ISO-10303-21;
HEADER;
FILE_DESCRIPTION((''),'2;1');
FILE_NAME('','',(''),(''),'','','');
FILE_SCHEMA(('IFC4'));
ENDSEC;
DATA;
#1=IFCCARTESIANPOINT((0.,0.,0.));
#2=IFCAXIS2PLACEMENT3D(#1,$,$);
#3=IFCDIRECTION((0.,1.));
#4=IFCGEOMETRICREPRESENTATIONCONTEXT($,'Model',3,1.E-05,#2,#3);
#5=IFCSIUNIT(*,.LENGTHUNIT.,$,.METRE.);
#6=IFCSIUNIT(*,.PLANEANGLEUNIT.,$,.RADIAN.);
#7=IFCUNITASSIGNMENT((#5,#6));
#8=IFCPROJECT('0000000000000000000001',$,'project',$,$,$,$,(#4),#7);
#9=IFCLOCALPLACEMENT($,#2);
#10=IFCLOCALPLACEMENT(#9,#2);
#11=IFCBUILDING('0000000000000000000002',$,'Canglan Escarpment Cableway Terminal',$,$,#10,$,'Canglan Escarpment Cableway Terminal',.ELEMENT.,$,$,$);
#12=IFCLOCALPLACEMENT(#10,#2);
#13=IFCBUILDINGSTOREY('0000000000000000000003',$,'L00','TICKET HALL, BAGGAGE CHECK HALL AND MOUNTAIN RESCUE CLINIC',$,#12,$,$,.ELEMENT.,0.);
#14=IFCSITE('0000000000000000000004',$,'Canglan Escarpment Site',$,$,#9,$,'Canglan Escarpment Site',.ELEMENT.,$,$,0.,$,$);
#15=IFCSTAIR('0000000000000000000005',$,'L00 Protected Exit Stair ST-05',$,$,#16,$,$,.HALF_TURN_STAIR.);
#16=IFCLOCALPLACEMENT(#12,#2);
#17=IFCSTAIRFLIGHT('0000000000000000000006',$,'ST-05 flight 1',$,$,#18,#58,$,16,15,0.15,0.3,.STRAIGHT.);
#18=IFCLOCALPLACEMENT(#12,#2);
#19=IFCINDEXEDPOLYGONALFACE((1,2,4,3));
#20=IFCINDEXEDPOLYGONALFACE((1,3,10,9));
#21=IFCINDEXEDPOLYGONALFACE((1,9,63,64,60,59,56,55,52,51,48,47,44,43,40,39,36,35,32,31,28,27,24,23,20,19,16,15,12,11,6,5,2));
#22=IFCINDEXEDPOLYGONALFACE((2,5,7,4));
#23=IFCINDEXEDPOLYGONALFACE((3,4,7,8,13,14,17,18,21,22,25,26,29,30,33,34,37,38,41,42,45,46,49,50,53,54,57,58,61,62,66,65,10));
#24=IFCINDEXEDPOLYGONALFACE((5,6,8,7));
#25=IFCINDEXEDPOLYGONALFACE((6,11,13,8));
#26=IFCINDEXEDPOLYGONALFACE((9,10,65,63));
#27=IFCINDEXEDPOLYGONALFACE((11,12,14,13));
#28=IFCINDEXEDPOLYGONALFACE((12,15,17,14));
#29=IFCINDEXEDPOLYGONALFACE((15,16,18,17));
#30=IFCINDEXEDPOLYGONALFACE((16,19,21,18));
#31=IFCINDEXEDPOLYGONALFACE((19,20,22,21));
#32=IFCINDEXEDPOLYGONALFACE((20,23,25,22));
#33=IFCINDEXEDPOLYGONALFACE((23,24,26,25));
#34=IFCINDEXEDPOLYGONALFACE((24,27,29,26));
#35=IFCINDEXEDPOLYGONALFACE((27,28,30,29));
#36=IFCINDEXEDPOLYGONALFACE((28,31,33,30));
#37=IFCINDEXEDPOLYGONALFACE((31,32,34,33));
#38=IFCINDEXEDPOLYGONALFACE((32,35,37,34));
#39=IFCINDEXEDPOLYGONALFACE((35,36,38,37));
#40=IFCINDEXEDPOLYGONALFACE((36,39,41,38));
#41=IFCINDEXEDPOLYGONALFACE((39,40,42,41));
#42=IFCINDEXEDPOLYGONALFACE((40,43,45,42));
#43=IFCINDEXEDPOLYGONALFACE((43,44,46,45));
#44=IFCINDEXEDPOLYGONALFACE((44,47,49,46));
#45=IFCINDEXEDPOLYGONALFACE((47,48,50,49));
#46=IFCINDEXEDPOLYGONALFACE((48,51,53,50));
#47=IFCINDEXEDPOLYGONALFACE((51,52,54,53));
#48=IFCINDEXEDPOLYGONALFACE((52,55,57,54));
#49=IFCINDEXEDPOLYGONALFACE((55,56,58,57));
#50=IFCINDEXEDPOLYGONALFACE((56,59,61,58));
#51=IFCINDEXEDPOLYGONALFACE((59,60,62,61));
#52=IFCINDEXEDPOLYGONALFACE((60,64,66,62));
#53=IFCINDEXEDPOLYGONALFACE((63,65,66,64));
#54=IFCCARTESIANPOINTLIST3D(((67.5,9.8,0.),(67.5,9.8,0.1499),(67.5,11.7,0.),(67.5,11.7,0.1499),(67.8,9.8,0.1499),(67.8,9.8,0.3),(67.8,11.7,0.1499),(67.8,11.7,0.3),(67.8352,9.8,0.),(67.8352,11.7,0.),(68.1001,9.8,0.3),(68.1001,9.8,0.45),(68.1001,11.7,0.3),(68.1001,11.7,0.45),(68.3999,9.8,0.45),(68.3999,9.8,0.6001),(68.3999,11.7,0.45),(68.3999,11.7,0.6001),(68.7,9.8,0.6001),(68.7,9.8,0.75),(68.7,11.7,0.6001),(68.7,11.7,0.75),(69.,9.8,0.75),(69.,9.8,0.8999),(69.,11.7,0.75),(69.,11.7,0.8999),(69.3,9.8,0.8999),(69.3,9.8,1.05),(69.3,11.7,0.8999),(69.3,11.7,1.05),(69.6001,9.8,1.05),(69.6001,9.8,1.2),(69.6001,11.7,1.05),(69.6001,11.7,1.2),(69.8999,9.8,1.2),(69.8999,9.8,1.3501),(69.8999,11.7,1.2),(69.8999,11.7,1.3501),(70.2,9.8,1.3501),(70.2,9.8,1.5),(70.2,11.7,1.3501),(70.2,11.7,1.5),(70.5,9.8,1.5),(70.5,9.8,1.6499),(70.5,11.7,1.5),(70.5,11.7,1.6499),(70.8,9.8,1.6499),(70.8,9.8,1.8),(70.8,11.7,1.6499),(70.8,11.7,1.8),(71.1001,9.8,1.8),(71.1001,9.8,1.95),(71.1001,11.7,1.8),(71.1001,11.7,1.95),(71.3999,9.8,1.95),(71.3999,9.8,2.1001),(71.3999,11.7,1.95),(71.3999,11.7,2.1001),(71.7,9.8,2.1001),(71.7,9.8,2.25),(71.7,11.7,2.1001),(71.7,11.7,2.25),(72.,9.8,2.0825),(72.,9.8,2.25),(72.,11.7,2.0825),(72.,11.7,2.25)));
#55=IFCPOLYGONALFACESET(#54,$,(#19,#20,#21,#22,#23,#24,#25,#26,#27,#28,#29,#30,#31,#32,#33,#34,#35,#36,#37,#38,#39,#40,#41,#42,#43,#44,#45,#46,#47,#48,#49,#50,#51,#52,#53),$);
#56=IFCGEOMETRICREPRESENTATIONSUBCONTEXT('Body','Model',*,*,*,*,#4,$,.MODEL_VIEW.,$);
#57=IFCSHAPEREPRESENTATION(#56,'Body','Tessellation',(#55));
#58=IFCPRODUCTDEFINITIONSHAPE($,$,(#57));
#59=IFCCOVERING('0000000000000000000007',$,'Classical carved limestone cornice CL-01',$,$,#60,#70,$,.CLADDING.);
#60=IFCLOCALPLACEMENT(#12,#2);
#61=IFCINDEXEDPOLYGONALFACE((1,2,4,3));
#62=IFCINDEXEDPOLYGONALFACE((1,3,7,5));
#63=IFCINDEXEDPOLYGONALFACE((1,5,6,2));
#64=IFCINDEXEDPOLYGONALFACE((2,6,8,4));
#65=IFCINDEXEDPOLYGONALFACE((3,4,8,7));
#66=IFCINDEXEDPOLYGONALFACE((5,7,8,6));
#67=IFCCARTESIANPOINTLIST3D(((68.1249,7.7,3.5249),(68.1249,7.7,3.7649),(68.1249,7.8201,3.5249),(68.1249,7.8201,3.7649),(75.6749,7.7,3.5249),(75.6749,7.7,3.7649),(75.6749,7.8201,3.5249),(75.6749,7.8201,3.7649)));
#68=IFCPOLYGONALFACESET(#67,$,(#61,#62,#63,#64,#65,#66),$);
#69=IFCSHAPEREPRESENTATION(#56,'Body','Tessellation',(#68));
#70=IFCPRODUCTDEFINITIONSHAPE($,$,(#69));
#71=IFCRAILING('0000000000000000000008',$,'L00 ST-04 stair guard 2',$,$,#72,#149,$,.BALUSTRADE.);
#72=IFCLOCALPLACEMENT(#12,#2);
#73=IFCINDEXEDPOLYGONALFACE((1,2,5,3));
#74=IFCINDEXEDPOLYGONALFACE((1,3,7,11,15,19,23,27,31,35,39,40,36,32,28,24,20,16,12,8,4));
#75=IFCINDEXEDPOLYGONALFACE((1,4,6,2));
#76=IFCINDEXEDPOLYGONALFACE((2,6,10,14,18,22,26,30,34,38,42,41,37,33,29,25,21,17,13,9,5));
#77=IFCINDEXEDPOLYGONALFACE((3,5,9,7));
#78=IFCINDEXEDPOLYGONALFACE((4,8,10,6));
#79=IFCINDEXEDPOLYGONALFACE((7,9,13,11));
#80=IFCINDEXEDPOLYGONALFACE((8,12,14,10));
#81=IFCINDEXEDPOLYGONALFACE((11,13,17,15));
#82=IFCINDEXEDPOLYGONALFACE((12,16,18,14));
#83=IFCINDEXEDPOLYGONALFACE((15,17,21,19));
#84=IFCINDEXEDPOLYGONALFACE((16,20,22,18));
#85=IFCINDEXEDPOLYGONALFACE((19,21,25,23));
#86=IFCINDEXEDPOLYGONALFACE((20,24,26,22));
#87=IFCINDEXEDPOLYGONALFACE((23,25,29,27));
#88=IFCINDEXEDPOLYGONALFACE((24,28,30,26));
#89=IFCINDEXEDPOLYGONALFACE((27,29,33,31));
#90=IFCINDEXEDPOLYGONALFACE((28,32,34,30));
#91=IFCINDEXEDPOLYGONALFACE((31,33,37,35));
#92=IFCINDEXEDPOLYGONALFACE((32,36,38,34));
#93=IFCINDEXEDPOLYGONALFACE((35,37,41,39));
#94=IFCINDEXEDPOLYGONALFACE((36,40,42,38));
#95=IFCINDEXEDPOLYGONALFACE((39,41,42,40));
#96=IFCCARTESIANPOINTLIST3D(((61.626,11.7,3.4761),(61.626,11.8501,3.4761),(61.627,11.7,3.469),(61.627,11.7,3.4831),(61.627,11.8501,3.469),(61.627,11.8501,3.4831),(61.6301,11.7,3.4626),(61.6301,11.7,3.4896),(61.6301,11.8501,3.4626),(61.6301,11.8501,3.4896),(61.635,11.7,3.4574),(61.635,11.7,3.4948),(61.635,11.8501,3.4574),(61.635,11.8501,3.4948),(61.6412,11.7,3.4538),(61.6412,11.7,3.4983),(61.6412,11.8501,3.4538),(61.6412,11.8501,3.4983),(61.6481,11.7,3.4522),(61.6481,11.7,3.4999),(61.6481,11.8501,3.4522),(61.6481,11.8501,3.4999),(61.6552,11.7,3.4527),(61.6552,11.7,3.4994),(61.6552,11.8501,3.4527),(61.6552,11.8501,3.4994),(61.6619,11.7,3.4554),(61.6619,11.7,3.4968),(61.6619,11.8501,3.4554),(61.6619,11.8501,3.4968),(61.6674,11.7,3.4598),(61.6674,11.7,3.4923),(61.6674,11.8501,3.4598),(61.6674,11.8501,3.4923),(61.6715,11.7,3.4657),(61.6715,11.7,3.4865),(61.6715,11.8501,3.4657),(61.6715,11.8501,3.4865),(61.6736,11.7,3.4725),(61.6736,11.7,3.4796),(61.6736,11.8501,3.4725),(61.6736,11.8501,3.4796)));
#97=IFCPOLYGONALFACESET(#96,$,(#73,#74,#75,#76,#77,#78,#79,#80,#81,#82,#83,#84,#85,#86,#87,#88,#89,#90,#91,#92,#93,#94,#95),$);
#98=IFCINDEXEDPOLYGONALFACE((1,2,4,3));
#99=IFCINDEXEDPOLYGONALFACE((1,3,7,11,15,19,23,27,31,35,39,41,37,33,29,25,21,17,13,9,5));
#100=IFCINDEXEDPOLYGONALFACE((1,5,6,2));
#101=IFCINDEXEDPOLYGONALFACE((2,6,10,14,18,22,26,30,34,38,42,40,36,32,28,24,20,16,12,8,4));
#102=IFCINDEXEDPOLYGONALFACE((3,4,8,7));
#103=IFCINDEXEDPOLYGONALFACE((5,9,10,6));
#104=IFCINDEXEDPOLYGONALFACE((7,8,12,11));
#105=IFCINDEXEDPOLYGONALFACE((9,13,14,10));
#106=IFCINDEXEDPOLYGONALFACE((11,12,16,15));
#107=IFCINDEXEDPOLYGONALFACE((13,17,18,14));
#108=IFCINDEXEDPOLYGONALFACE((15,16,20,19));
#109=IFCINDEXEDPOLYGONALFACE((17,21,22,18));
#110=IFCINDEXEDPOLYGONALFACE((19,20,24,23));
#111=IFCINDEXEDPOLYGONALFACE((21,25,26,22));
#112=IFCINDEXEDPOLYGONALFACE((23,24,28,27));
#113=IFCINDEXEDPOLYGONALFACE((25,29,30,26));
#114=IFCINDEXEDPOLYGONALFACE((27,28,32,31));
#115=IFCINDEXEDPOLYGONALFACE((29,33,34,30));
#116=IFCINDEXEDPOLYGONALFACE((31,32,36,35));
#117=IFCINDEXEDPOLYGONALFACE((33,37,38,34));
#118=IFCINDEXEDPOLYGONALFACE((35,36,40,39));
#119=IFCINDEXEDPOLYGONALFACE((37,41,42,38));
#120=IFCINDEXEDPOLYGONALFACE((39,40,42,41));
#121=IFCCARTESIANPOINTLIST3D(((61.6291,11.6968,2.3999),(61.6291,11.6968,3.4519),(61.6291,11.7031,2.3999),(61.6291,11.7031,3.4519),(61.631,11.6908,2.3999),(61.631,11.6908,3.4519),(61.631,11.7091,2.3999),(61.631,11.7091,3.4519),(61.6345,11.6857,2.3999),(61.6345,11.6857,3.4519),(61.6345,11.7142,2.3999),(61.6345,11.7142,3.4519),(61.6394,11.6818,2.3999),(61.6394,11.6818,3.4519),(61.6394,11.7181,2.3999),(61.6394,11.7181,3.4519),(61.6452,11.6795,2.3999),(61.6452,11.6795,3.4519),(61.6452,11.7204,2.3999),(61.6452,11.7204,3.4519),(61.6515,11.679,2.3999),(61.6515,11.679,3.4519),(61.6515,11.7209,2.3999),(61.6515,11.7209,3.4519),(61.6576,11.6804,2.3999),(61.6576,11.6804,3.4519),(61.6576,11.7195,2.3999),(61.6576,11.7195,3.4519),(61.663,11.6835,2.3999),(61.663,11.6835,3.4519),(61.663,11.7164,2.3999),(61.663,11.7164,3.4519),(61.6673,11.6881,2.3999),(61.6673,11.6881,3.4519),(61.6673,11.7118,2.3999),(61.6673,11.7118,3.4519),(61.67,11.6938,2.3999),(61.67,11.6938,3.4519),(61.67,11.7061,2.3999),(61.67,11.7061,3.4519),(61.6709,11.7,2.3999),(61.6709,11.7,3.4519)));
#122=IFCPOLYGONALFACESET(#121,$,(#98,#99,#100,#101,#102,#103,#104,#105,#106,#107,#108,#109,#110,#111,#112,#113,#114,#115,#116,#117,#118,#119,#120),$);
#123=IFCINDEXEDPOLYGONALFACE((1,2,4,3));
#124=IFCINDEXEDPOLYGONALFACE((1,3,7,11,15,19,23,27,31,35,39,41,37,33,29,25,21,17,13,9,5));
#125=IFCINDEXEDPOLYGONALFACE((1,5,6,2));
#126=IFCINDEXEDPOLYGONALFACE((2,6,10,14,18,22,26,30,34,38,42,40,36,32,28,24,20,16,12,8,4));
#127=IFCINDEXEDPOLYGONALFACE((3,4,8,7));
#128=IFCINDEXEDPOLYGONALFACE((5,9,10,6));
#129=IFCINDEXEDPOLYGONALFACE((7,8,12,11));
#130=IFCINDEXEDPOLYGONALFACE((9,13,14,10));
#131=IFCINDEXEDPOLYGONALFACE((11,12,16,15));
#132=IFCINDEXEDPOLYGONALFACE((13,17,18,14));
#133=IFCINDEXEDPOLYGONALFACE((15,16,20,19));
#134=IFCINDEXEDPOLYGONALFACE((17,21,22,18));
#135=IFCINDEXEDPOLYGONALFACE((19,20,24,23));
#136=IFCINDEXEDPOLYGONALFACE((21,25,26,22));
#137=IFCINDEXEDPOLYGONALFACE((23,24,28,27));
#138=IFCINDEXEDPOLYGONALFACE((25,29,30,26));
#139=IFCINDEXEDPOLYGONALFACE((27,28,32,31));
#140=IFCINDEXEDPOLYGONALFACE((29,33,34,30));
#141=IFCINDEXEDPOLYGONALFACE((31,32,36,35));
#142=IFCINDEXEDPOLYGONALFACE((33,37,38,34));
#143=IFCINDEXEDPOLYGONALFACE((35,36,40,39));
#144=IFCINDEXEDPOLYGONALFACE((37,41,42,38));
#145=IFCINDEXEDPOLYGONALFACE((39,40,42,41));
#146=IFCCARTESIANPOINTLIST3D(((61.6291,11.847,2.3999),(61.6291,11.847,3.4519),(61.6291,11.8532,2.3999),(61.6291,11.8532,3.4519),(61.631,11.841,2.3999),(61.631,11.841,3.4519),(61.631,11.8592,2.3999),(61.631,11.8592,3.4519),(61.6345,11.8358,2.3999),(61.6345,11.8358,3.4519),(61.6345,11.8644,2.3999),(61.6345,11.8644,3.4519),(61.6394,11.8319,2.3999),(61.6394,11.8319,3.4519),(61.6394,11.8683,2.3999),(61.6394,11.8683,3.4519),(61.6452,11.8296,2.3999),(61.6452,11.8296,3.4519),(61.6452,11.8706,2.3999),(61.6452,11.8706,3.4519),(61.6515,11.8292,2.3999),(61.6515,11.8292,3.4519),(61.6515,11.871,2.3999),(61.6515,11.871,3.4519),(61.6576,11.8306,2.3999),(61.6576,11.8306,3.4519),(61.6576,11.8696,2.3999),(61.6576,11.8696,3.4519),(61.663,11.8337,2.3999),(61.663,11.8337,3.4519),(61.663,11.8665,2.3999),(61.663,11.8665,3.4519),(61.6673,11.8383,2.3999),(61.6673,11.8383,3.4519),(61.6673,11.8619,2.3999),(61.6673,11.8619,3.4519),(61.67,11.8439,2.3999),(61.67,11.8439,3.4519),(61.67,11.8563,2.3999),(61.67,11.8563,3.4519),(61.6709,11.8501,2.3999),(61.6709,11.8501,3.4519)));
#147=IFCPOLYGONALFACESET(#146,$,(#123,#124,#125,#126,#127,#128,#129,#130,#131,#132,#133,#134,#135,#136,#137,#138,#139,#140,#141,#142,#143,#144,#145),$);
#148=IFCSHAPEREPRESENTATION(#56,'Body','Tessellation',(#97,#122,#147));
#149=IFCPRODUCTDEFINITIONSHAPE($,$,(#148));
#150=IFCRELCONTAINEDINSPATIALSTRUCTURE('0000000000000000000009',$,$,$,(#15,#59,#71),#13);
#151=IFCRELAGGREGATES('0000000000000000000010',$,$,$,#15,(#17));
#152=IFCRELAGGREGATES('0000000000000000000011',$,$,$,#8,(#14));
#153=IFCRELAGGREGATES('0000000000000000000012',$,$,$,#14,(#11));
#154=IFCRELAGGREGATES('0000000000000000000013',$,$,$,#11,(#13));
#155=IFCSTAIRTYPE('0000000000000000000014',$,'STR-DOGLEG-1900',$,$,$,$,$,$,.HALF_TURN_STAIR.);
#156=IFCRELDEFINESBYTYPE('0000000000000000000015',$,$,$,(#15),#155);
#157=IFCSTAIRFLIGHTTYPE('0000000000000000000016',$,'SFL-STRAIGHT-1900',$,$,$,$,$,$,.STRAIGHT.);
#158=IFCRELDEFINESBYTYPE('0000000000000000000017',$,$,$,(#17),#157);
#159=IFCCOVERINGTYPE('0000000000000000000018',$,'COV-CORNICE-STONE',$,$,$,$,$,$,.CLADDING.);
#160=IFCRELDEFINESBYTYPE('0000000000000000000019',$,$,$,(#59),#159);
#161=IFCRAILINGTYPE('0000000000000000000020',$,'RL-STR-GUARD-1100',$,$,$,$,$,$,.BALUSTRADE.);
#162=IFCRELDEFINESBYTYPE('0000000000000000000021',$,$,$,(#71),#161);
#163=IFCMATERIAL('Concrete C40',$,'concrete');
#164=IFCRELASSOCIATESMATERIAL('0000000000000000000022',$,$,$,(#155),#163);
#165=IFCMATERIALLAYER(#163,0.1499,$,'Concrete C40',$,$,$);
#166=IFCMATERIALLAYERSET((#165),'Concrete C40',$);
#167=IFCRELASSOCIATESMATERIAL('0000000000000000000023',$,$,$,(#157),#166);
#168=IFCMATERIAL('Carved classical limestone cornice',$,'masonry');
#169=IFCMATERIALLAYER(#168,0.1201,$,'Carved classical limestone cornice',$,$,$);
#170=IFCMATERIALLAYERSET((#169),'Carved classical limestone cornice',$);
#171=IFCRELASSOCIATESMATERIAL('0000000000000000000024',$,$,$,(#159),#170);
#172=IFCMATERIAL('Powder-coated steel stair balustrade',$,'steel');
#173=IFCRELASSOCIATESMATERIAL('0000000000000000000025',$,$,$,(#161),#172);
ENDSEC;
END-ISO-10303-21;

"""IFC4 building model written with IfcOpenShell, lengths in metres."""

from ifc_helpers import new_model, si_unit, direction, frame, origin, origin_2d, place, context, subcontext, project, spatial, polyline, rectangle, circle, outline, extrude, material, layer, layer_set, type_object, element, aggregate, save


model = new_model("IFC4")

# Units and contexts
model_context = context("Model", 3, precision=1e-05, world=origin(), true_north=direction((0.0, 1.0)))
body_context = subcontext(model_context, "Body", "Model", "MODEL_VIEW")
ifc_project = project(units=[si_unit("LENGTHUNIT", "METRE"), si_unit("PLANEANGLEUNIT", "RADIAN")], contexts=[model_context])

# Site, building, storey
site_placement = place(None, origin())
site = spatial("IfcSite", under=ifc_project, at=site_placement, Name="Canglan Escarpment Site", LongName="Canglan Escarpment Site", CompositionType="ELEMENT", RefElevation=0.0)
building_placement = place(site_placement, origin())
building = spatial("IfcBuilding", under=site, at=building_placement, Name="Canglan Escarpment Cableway Terminal", LongName="Canglan Escarpment Cableway Terminal", CompositionType="ELEMENT")
storey_placement = place(building_placement, origin())
storey = spatial("IfcBuildingStorey", under=building, at=storey_placement, Name="L00", Description="TICKET HALL, BAGGAGE CHECK HALL AND MOUNTAIN RESCUE CLINIC", CompositionType="ELEMENT", Elevation=0.0)

# Shared definitions
ifc_material_1 = material(Name="Concrete C40", Category="concrete")

# Stair, stair flight
stair_type = type_object("IfcStairType", Name="STR-DOGLEG-1900", PredefinedType="HALF_TURN_STAIR", material=ifc_material_1)
stair_placement = place(storey_placement, origin())
stair = element("IfcStair", 1, at=stair_placement, inside=storey, type_object=stair_type, Name="L00 Protected Exit Stair ST-05", PredefinedType="HALF_TURN_STAIR")
ifc_layer_1 = layer(ifc_material_1, 0.1499, Name="Concrete C40")
ifc_layer_set_1 = layer_set([ifc_layer_1], Name="Concrete C40")
stair_flight_type = type_object("IfcStairFlightType", Name="SFL-STRAIGHT-1900", PredefinedType="STRAIGHT", material=ifc_layer_set_1)
stair_flight_placement = place(storey_placement, frame((67.5, 10.75, 0.0), z_axis=(0.0, 0.0, 1.0), x_axis=(1.0, 0.0, 0.0)))
stair_flight = element("IfcStairFlight", 2, at=stair_flight_placement, type_object=stair_flight_type, Name="ST-05 flight 1", NumberOfRisers=16, NumberOfTreads=15, PredefinedType="STRAIGHT", RiserHeight=0.15, TreadLength=0.3, context=body_context, shape_type="SweptSolid", body=[
    extrude(outline(polyline([(0.0, 0.0), (0.0, 0.1499), (0.3, 0.1499), (0.3, 0.3), (0.6001, 0.3), (0.6001, 0.45), (0.8999, 0.45), (0.8999, 0.6001), (1.2, 0.6001), (1.2, 0.75), (1.5, 0.75), (1.5, 0.8999), (1.8, 0.8999), (1.8, 1.05), (2.1001, 1.05), (2.1001, 1.2), (2.3999, 1.2), (2.3999, 1.3501), (2.7, 1.3501), (2.7, 1.5), (3.0, 1.5), (3.0, 1.6499), (3.3, 1.6499), (3.3, 1.8), (3.6001, 1.8), (3.6001, 1.95), (3.8999, 1.95), (3.8999, 2.1001), (4.2, 2.1001), (4.2, 2.25), (4.5, 2.25), (4.5, 2.3999), (4.5, 2.0825), (0.3352, 0.0), (0.0, 0.0)])), frame((0.0, 0.95, 0.0), z_axis=(0.0, -1.0, 0.0), x_axis=(1.0, 0.0, 0.0)), (0.0, 0.0, 1.0), 1.8999),
])
aggregate(stair, [stair_flight])

# Covering
ifc_material_2 = material(Name="Carved classical limestone cornice", Category="masonry")
ifc_layer_2 = layer(ifc_material_2, 0.1201, Name="Carved classical limestone cornice")
ifc_layer_set_2 = layer_set([ifc_layer_2], Name="Carved classical limestone cornice")
covering_type = type_object("IfcCoveringType", Name="COV-CORNICE-STONE", PredefinedType="CLADDING", material=ifc_layer_set_2)
covering_placement = place(storey_placement, frame((71.8999, 7.76, 3.5249), z_axis=(0.0, 0.0, 1.0), x_axis=(1.0, 0.0, 0.0)))
element("IfcCovering", 3, at=covering_placement, inside=storey, type_object=covering_type, Name="Classical carved limestone cornice CL-01", PredefinedType="CLADDING", context=body_context, shape_type="SweptSolid", body=[
    extrude(rectangle(XDim=7.55, YDim=0.1201, at=origin_2d()), origin(), (0.0, 0.0, 1.0), 0.24),
])

# Railing
ifc_material_3 = material(Name="Powder-coated steel stair balustrade", Category="steel")
railing_type_1 = type_object("IfcRailingType", Name="RL-STR-GUARD-1100", PredefinedType="BALUSTRADE", material=ifc_material_3)
railing_1_placement = place(storey_placement, frame((61.6499, 11.7, 2.3999)))
element("IfcRailing", 4, at=railing_1_placement, inside=storey, type_object=railing_type_1, Name="L00 ST-04 stair guard 2", PredefinedType="BALUSTRADE", context=body_context, shape_type="SweptSolid", body=[
    extrude(circle(Radius=0.0239, at=origin_2d()), frame((0.0, 0.0, 1.0762), z_axis=(0.0, 1.0, 0.0), x_axis=(-1.0, 0.0, 0.0)), (0.0, 0.0, 1.0), 0.1501),
    extrude(circle(Radius=0.021, at=origin_2d()), origin(), (0.0, 0.0, 1.0), 1.052),
    extrude(circle(Radius=0.021, at=origin_2d()), frame((0.0, 0.1501, 0.0)), (0.0, 0.0, 1.0), 1.052),
])

save(model, "model.ifc")
